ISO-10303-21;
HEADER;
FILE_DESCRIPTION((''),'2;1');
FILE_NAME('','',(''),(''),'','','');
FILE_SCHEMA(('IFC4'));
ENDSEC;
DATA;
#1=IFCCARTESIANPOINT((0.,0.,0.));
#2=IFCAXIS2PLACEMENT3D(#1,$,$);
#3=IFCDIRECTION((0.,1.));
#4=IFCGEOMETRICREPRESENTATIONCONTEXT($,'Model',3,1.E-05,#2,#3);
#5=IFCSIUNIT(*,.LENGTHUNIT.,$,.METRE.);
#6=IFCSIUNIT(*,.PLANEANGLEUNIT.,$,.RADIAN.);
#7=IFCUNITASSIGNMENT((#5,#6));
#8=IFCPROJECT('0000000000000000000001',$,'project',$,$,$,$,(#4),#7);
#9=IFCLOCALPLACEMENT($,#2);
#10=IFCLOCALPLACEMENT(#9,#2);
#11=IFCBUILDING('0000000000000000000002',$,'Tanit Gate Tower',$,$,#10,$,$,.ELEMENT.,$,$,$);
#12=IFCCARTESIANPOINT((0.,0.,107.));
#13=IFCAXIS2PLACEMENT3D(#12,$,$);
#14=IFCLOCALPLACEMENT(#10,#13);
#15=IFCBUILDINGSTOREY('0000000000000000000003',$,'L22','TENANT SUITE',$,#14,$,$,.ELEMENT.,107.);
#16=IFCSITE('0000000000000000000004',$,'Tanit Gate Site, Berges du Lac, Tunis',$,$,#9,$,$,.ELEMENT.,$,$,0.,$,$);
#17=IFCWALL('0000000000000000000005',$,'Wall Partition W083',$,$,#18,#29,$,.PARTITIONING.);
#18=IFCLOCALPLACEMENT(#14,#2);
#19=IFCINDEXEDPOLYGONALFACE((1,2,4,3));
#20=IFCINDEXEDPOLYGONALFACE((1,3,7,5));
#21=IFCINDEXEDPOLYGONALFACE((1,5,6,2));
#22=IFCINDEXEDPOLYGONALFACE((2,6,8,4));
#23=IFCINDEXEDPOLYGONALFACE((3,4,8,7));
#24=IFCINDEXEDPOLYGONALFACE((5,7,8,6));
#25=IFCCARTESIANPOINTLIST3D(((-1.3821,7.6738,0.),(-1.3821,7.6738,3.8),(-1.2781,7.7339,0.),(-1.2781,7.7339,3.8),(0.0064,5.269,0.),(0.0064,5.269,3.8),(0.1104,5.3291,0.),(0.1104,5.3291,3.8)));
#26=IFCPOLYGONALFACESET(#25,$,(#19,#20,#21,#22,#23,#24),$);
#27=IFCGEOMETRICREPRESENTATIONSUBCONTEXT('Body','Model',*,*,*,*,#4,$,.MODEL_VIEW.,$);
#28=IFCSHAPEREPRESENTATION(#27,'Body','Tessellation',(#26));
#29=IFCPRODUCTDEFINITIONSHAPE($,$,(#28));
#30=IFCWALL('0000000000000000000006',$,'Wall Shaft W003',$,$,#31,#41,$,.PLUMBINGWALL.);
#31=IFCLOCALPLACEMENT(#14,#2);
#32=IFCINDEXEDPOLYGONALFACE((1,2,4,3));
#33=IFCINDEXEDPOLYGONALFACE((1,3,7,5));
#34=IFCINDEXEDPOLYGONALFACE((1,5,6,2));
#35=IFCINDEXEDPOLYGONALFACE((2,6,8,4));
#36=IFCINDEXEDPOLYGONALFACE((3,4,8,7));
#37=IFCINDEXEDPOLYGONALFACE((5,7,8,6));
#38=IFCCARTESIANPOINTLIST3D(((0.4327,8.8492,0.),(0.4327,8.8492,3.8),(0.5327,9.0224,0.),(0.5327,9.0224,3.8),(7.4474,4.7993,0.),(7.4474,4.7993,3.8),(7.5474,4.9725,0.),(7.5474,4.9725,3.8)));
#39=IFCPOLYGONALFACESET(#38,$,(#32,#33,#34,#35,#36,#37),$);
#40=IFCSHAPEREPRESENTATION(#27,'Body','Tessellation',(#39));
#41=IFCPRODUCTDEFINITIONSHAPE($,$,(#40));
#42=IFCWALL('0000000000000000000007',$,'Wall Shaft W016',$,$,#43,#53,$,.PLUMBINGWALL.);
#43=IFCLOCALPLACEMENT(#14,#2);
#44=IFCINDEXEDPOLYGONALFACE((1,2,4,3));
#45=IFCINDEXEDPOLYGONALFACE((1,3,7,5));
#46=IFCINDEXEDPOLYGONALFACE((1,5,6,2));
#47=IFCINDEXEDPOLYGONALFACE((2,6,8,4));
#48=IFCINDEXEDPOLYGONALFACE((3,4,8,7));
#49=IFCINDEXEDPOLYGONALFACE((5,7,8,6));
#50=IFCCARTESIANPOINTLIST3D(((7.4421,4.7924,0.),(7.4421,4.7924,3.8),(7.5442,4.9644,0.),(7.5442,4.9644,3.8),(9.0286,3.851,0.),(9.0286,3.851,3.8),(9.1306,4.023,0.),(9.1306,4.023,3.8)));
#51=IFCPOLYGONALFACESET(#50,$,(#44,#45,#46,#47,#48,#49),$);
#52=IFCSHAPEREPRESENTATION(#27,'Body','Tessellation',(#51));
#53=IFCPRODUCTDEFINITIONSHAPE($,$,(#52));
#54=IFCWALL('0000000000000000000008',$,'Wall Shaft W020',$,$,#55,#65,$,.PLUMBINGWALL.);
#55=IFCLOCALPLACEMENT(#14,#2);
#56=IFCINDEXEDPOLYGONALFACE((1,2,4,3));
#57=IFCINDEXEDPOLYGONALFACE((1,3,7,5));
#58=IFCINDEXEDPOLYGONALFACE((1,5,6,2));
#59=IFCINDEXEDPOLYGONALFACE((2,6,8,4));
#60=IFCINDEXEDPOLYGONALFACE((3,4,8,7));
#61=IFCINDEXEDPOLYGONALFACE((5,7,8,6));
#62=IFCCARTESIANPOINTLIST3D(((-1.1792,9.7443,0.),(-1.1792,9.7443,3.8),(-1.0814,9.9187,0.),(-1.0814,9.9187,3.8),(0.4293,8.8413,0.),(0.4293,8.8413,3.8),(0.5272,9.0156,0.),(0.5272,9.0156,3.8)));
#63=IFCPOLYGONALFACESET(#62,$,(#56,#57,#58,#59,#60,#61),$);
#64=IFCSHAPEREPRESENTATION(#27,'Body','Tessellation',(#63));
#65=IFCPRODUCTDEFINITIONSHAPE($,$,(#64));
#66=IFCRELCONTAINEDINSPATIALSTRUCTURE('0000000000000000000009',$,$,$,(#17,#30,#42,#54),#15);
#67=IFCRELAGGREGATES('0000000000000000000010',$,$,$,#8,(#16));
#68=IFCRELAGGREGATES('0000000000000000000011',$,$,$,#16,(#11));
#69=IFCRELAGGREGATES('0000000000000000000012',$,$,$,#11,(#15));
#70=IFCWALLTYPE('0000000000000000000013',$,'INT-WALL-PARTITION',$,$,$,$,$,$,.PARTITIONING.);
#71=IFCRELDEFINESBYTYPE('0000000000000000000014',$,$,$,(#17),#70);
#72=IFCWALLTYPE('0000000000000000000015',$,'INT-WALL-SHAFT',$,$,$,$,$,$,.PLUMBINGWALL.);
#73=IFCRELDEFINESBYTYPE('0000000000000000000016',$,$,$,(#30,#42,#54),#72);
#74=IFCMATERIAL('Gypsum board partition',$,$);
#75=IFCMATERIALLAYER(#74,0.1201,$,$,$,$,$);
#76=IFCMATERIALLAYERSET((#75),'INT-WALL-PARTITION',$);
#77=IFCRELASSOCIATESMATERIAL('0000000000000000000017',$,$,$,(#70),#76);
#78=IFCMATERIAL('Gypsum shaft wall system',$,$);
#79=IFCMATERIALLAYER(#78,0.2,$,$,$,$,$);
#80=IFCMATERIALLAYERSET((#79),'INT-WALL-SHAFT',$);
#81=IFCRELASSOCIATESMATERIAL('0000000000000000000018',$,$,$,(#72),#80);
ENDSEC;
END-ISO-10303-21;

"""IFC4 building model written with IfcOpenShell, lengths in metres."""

from ifc_helpers import new_model, si_unit, direction, frame, frame_2d, origin, place, context, subcontext, project, spatial, rectangle, extrude, material, layer, layer_set, type_object, element, save


model = new_model("IFC4")

# Units and contexts
model_context = context("Model", 3, precision=1e-05, world=origin(), true_north=direction((0.0, 1.0)))
body_context = subcontext(model_context, "Body", "Model", "MODEL_VIEW")
ifc_project = project(units=[si_unit("LENGTHUNIT", "METRE"), si_unit("PLANEANGLEUNIT", "RADIAN")], contexts=[model_context])

# Site, building, storey
site_placement = place(None, origin())
site = spatial("IfcSite", under=ifc_project, at=site_placement, Name="Tanit Gate Site, Berges du Lac, Tunis", CompositionType="ELEMENT", RefElevation=0.0)
building_placement = place(site_placement, origin())
building = spatial("IfcBuilding", under=site, at=building_placement, Name="Tanit Gate Tower", CompositionType="ELEMENT")
storey_placement = place(building_placement, frame((0.0, 0.0, 107.0)))
storey = spatial("IfcBuildingStorey", under=building, at=storey_placement, Name="L22", Description="TENANT SUITE", CompositionType="ELEMENT", Elevation=107.0)

# Walls
ifc_material_1 = material(Name="Gypsum board partition")
ifc_layer_1 = layer(ifc_material_1, 0.1201)
ifc_layer_set_1 = layer_set([ifc_layer_1], Name="INT-WALL-PARTITION")
wall_type_1 = type_object("IfcWallType", Name="INT-WALL-PARTITION", PredefinedType="PARTITIONING", material=ifc_layer_set_1)
wall_1_placement = place(storey_placement, frame((-1.3301, 7.7039, 0.0), z_axis=(0.0, 0.0, 1.0), x_axis=(0.500007, -0.866022, 0.0)))
element("IfcWall", 1, at=wall_1_placement, inside=storey, type_object=wall_type_1, Name="Wall Partition W083", PredefinedType="PARTITIONING", context=body_context, shape_type="SweptSolid", body=[
    extrude(rectangle(XDim=2.7769, YDim=0.1201, at=frame_2d((1.3884, 0.0))), origin(), (0.0, 0.0, 1.0), 3.8),
])
ifc_material_2 = material(Name="Gypsum shaft wall system")
ifc_layer_2 = layer(ifc_material_2, 0.2)
ifc_layer_set_2 = layer_set([ifc_layer_2], Name="INT-WALL-SHAFT")
wall_type_2 = type_object("IfcWallType", Name="INT-WALL-SHAFT", PredefinedType="PLUMBINGWALL", material=ifc_layer_set_2)
wall_2_placement = place(storey_placement, frame((7.4973, 4.886, 0.0), z_axis=(0.0, 0.0, 1.0), x_axis=(-0.866031, 0.49999, 0.0)))
element("IfcWall", 2, at=wall_2_placement, inside=storey, type_object=wall_type_2, Name="Wall Shaft W003", PredefinedType="PLUMBINGWALL", context=body_context, shape_type="SweptSolid", body=[
    extrude(rectangle(XDim=8.0999, YDim=0.2, at=frame_2d((4.0498, 0.0))), origin(), (0.0, 0.0, 1.0), 3.8),
])
for number, where, z_axis, x_axis, name in (
    (3, (9.0796, 3.937, 0.0), (0.0, 0.0, 1.0), (-0.859982, 0.510325, 0.0), "Wall Shaft W016"),
    (4, (0.4783, 8.9285, 0.0), (0.0, 0.0, 1.0), (-0.871989, 0.489526, 0.0), "Wall Shaft W020"),
):
    element("IfcWall", number, at=place(storey_placement, frame(where, z_axis=z_axis, x_axis=x_axis)), inside=storey, type_object=wall_type_2, Name=name, PredefinedType="PLUMBINGWALL", context=body_context, shape_type="SweptSolid", body=[
        extrude(rectangle(XDim=1.8447, YDim=0.2, at=frame_2d((0.9224, 0.0))), origin(), (0.0, 0.0, 1.0), 3.8),
    ])

save(model, "model.ifc")
